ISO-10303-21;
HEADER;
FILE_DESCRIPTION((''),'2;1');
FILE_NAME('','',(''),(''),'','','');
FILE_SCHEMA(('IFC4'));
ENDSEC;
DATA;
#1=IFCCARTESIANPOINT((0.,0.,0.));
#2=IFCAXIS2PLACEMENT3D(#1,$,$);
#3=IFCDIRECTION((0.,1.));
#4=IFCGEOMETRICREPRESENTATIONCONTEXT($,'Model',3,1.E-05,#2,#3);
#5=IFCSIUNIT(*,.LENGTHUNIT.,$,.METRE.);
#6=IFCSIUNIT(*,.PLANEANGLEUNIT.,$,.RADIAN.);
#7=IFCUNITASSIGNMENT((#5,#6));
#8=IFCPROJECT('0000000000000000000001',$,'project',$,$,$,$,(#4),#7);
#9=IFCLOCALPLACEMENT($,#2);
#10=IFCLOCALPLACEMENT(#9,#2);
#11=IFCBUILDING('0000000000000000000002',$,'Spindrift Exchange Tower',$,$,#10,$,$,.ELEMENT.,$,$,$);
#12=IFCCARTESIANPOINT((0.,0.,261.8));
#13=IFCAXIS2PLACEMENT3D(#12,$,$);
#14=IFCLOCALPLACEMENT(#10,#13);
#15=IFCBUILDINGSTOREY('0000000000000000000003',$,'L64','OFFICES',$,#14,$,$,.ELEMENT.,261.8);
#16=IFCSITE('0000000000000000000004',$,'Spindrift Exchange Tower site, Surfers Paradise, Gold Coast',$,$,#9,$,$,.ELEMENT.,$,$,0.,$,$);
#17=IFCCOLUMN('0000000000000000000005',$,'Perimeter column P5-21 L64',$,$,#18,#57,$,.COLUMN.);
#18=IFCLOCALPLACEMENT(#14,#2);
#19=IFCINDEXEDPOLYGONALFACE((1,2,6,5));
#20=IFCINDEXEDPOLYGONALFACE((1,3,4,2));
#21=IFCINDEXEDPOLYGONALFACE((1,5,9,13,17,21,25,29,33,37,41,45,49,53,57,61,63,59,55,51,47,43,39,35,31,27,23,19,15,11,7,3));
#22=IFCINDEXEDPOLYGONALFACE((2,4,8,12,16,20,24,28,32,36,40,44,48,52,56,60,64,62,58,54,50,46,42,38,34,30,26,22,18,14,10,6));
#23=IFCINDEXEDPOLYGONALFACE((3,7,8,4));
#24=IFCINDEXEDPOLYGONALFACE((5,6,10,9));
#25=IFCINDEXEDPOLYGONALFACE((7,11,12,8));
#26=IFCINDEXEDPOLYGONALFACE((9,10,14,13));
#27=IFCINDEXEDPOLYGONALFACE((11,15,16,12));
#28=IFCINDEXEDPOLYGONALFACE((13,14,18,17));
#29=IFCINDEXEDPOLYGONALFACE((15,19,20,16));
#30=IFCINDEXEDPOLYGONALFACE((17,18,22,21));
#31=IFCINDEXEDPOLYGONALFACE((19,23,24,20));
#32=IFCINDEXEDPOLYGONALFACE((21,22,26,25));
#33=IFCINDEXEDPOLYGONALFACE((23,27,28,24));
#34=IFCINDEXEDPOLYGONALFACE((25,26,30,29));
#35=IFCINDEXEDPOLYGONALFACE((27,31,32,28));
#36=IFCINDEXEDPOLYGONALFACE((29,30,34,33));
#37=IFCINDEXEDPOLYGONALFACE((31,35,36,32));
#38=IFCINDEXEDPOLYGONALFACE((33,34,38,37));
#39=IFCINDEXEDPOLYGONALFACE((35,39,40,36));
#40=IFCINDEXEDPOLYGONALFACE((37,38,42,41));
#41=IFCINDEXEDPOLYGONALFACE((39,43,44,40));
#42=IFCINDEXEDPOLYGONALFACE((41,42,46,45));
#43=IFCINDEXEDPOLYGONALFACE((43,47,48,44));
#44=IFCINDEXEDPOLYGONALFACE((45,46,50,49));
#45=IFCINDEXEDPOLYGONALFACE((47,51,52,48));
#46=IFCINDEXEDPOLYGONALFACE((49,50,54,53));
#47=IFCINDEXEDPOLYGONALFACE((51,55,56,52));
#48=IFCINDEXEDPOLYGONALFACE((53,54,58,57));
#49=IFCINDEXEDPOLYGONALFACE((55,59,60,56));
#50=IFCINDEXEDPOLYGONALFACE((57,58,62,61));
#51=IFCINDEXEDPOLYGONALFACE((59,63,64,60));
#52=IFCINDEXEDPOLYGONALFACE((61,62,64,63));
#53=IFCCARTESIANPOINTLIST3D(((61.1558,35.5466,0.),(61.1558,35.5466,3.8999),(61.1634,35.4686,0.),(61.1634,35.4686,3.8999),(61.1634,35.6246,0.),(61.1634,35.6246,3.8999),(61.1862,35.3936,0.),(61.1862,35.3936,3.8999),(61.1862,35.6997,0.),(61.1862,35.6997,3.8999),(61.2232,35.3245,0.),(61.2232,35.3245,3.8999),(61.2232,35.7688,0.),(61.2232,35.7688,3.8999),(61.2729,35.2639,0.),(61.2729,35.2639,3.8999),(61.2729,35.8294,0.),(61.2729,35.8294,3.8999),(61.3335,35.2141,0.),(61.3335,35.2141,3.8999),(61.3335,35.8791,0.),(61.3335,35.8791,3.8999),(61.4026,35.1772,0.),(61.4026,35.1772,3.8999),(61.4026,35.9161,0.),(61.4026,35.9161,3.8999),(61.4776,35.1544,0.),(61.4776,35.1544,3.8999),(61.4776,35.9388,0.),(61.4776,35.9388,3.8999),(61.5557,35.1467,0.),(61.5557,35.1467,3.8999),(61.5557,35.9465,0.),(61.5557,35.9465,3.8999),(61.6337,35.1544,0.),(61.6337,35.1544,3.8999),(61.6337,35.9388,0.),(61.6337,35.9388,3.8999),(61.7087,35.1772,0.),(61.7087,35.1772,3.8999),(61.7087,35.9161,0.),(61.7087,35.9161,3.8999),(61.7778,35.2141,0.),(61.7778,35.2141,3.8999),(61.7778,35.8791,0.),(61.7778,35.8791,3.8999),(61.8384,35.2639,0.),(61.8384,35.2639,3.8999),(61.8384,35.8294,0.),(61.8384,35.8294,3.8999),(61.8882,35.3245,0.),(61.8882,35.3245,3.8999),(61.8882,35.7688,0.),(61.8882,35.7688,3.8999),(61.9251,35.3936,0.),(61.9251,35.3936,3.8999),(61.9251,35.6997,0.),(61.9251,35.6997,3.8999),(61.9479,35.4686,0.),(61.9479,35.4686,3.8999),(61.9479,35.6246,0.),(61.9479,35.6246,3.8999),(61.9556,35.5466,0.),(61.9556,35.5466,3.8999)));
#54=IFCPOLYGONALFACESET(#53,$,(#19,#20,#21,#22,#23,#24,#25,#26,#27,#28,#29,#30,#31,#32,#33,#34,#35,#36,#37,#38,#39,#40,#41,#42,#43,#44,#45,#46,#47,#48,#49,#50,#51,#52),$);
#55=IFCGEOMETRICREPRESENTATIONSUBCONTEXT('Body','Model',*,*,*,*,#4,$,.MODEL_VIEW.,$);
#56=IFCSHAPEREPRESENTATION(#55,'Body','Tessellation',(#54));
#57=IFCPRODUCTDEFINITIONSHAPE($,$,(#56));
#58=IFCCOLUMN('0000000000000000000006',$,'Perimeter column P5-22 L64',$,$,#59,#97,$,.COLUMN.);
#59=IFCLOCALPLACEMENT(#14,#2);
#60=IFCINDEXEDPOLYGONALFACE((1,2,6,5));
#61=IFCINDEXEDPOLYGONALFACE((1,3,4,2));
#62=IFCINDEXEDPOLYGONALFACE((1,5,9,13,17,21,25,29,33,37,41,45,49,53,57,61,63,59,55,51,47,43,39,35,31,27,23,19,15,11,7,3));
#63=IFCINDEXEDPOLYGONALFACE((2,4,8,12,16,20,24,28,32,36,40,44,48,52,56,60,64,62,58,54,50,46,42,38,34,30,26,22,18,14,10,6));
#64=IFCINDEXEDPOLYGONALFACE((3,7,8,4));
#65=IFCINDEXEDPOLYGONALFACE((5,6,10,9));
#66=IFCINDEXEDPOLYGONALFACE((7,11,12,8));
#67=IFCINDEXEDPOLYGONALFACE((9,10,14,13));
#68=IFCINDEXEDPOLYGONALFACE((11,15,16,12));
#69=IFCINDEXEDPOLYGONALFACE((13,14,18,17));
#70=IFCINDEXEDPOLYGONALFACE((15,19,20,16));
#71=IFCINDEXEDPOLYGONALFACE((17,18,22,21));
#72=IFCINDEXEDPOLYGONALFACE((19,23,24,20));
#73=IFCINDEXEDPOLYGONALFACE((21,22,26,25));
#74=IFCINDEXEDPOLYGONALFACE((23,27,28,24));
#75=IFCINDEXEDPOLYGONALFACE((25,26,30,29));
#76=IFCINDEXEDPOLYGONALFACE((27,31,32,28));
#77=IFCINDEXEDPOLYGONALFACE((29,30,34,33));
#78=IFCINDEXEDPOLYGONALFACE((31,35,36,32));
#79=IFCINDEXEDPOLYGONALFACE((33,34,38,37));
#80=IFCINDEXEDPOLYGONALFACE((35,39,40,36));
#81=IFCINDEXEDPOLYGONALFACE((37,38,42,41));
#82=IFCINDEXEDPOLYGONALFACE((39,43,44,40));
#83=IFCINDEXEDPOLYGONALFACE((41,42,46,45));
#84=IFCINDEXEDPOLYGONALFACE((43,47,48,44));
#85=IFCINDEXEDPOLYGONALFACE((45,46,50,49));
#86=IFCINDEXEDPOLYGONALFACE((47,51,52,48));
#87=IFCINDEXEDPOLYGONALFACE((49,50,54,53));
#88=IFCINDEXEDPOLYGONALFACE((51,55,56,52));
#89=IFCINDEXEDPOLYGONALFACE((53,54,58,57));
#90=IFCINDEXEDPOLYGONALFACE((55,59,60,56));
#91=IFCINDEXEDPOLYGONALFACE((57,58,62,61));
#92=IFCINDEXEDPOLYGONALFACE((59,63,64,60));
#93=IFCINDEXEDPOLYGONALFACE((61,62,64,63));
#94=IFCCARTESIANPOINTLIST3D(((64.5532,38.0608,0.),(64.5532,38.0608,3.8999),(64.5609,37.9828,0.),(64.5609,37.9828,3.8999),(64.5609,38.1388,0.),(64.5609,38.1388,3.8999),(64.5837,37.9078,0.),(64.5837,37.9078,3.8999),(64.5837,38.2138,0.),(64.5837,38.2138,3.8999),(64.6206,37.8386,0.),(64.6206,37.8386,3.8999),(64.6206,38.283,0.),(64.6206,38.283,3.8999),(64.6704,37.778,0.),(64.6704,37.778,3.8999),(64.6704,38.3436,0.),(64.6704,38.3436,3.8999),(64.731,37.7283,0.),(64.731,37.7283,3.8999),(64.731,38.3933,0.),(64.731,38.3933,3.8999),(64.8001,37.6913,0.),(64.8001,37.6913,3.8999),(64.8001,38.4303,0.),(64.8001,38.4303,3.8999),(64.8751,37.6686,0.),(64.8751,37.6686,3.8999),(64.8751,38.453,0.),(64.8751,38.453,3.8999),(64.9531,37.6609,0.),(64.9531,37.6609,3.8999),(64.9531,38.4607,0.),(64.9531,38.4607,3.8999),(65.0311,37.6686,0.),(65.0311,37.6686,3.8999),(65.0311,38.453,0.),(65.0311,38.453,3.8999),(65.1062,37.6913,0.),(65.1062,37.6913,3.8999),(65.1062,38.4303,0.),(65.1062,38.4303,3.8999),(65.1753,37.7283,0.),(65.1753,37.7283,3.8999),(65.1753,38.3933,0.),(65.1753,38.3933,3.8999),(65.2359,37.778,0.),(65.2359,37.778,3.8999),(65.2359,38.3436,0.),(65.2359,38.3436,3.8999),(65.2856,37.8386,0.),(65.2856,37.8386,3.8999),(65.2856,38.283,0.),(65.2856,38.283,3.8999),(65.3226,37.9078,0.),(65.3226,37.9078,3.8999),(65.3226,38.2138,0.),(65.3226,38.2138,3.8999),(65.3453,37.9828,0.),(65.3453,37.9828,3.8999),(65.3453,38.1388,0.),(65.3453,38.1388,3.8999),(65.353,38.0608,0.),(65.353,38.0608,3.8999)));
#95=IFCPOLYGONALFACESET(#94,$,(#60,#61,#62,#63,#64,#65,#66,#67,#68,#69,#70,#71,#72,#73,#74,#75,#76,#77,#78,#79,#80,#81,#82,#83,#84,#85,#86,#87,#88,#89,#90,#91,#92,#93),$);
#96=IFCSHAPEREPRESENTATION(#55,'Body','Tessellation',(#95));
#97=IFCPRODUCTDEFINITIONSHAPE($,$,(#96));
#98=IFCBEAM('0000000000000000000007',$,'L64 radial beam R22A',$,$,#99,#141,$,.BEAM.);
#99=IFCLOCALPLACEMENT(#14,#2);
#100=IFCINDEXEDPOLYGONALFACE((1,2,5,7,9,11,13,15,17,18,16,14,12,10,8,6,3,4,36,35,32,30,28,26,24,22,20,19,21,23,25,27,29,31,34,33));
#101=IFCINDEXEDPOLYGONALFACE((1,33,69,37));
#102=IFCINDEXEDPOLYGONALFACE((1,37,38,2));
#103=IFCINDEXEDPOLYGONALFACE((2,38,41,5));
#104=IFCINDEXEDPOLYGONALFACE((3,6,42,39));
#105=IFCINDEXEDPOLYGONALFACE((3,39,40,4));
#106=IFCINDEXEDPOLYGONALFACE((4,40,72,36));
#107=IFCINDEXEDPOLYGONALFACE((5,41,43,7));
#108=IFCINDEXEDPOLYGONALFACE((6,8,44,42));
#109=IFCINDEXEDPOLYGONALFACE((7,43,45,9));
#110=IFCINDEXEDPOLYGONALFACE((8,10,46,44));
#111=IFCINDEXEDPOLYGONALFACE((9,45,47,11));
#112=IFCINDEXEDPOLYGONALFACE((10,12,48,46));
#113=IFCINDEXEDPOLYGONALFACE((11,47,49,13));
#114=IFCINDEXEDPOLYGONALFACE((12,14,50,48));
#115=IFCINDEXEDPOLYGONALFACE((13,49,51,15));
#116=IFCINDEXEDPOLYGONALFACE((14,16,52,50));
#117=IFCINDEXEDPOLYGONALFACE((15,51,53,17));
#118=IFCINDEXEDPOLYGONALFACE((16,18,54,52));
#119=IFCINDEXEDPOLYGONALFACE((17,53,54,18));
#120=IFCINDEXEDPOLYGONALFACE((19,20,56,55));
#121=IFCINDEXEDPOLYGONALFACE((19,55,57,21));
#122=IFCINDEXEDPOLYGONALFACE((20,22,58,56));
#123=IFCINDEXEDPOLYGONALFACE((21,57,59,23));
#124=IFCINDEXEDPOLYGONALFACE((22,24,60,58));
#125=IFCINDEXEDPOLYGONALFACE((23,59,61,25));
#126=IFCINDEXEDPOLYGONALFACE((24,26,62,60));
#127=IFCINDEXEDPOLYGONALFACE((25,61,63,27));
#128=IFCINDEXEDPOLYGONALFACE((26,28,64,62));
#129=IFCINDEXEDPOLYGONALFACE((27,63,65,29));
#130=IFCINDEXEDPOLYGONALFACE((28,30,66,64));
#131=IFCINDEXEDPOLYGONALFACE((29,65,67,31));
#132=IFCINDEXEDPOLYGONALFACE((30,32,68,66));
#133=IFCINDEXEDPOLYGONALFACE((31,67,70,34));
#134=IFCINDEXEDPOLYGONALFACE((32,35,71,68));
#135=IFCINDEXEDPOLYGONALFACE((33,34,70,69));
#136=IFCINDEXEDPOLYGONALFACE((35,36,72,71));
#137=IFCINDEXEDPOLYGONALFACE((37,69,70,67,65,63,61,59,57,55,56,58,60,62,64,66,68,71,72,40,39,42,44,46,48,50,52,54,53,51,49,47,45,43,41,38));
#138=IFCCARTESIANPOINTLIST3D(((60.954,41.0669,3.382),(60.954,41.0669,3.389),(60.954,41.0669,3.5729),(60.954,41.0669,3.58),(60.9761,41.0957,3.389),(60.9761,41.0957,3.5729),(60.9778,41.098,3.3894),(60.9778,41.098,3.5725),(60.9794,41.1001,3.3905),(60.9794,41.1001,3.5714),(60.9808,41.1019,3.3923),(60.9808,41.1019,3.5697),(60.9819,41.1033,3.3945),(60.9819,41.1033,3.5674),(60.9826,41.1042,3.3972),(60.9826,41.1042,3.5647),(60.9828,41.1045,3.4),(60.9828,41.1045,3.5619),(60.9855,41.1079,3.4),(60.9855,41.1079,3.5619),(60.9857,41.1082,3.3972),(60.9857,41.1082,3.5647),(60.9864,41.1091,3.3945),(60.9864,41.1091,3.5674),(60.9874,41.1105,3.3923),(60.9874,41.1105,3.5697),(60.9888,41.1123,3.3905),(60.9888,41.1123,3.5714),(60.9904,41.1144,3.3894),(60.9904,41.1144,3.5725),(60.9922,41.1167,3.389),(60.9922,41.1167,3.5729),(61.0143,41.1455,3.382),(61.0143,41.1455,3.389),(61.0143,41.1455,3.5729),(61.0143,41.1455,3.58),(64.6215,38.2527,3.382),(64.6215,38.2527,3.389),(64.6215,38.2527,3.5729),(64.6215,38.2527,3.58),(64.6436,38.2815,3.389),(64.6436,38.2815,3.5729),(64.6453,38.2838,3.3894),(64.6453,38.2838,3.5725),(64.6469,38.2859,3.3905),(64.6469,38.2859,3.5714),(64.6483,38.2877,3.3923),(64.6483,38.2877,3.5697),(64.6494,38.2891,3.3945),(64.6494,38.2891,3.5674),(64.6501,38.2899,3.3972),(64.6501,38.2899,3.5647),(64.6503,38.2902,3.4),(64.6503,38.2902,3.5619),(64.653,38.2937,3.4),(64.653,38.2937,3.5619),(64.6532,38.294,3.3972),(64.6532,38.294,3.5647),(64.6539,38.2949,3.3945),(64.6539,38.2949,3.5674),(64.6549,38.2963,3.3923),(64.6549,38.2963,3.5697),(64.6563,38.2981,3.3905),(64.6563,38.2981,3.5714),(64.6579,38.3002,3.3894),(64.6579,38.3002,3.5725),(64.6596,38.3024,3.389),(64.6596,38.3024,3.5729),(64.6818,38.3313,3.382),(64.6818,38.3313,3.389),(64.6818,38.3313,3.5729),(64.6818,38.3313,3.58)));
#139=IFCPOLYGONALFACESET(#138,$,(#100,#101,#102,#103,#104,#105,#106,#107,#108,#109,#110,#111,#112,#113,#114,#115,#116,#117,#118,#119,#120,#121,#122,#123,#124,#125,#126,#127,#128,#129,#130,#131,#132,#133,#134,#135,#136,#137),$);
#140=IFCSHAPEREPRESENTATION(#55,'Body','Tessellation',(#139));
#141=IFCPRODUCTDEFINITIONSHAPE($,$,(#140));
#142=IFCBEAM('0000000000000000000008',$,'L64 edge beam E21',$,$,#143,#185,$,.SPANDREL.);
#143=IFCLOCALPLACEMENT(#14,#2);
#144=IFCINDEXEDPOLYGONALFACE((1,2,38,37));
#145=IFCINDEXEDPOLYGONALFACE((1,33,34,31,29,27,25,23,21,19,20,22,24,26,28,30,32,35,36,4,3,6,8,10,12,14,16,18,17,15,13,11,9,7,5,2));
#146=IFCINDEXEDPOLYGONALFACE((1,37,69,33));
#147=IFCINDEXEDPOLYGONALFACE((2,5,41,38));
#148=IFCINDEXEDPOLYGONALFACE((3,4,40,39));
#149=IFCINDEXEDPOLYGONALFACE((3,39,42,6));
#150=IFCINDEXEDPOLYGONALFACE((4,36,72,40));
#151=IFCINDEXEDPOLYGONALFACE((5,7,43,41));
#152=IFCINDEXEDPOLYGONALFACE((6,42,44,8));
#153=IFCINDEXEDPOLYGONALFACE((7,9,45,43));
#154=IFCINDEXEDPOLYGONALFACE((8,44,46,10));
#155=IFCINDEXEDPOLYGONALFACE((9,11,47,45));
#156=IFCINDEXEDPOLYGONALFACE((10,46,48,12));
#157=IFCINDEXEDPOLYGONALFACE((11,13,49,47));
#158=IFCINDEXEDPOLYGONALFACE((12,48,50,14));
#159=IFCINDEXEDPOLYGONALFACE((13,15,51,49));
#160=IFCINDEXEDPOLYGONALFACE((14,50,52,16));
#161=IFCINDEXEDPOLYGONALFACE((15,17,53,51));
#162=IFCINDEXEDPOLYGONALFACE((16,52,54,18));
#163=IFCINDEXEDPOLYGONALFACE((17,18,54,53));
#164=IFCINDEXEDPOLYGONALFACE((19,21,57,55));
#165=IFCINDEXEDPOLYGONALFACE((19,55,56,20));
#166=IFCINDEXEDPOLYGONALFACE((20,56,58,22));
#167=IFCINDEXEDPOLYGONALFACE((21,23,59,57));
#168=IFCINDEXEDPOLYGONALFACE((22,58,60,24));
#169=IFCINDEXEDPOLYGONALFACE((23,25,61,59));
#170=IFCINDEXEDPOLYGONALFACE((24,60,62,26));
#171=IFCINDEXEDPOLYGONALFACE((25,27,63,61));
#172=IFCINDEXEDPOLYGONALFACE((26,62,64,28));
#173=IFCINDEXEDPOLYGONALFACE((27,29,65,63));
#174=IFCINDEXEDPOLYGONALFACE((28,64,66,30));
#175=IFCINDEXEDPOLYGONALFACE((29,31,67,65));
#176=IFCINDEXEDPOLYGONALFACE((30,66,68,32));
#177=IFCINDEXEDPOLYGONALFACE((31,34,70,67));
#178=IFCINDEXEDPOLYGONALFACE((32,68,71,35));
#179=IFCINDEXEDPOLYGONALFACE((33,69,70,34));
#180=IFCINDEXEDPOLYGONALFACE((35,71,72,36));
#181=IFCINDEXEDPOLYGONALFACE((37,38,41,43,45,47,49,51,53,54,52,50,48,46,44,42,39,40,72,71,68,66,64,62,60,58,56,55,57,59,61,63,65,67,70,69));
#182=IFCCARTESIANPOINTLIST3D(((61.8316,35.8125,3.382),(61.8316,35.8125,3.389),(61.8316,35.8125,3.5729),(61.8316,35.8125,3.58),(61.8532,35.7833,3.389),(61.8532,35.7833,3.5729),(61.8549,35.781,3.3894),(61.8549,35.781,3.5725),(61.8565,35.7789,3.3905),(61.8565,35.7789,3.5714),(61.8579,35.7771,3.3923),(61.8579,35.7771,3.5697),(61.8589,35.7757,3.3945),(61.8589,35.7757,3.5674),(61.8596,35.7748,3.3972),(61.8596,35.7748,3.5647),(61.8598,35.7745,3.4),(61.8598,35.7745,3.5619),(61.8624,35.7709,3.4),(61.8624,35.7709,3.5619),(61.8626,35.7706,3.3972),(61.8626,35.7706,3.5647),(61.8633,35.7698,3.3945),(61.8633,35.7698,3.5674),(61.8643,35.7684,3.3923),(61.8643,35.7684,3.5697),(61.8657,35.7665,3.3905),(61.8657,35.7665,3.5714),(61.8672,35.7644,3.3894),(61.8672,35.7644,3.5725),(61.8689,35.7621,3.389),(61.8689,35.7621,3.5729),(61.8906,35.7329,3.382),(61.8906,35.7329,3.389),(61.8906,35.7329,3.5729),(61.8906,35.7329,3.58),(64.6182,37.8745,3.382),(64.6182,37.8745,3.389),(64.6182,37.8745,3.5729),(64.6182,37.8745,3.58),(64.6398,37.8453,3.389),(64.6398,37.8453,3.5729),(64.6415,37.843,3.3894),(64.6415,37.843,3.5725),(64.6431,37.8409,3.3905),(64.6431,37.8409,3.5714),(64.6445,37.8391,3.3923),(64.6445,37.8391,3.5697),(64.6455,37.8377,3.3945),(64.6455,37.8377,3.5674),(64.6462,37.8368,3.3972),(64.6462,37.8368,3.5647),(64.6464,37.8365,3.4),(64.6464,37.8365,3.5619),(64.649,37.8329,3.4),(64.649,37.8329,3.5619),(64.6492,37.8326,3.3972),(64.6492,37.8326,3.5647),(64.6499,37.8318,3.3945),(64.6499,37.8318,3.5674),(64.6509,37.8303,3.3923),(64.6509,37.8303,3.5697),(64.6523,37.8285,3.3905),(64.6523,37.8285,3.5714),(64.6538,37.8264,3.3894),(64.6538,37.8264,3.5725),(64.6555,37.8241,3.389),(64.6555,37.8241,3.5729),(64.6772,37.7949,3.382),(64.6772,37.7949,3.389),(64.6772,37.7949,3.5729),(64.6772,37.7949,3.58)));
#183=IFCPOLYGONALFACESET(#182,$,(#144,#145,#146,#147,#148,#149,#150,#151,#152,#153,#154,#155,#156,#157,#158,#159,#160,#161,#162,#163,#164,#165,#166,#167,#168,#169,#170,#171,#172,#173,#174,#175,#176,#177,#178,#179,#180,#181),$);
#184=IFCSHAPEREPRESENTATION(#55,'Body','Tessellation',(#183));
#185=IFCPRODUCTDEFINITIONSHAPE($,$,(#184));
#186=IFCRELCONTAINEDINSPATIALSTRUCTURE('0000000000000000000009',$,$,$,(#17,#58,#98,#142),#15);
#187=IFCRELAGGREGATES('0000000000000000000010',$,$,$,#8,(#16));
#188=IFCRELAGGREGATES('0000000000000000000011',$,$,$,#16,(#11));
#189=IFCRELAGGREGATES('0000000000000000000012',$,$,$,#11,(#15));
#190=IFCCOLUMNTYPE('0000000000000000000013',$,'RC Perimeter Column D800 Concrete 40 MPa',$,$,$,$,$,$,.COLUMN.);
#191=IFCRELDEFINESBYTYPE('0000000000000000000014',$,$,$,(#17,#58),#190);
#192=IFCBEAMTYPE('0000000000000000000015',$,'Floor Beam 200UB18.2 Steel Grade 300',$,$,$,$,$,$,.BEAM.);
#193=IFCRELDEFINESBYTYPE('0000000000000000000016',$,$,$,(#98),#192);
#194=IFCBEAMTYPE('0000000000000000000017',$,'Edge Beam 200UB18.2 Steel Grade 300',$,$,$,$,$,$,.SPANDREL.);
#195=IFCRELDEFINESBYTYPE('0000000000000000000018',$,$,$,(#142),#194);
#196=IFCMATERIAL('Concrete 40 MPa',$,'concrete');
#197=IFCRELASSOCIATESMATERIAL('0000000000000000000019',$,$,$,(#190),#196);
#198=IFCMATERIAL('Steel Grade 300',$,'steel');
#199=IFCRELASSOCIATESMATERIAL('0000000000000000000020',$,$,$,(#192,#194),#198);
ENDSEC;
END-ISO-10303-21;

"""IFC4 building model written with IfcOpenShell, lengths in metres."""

from ifc_helpers import new_model, si_unit, direction, frame, origin, origin_2d, place, context, subcontext, project, spatial, circle, i_section, extrude, source, transform, mapped, material, material_profile, profile_set, type_object, element, save


model = new_model("IFC4")

# Units and contexts
model_context = context("Model", 3, precision=1e-05, world=origin(), true_north=direction((0.0, 1.0)))
body_context = subcontext(model_context, "Body", "Model", "MODEL_VIEW")
ifc_project = project(units=[si_unit("LENGTHUNIT", "METRE"), si_unit("PLANEANGLEUNIT", "RADIAN")], contexts=[model_context])

# Site, building, storey
site_placement = place(None, origin())
site = spatial("IfcSite", under=ifc_project, at=site_placement, Name="Spindrift Exchange Tower site, Surfers Paradise, Gold Coast", CompositionType="ELEMENT", RefElevation=0.0)
building_placement = place(site_placement, origin())
building = spatial("IfcBuilding", under=site, at=building_placement, Name="Spindrift Exchange Tower", CompositionType="ELEMENT")
storey_placement = place(building_placement, frame((0.0, 0.0, 261.8)))
storey = spatial("IfcBuildingStorey", under=building, at=storey_placement, Name="L64", Description="OFFICES", CompositionType="ELEMENT", Elevation=261.8)

# Columns
ifc_material_1 = material(Name="Concrete 40 MPa", Category="concrete")
ifc_material_profile_1 = material_profile(ifc_material_1, circle(Radius=0.3999, at=origin_2d()), Name="RC D800")
ifc_profile_set_1 = profile_set([ifc_material_profile_1], Name="Concrete 40 MPa")
column_type = type_object("IfcColumnType", Name="RC Perimeter Column D800 Concrete 40 MPa", PredefinedType="COLUMN", material=ifc_profile_set_1)
shared_shape_1 = source(origin(), body_context, "Body", "SweptSolid", [
    extrude(circle(Radius=0.3999, at=origin_2d()), origin(), (0.0, 0.0, 1.0), 3.8999),
])
for number, where, z_axis, x_axis, name in (
    (1, (61.5557, 35.5466, 0.0), (0.0, 0.0, 1.0), (1.0, 0.0, 0.0), "Perimeter column P5-21 L64"),
    (2, (64.9531, 38.0608, 0.0), (0.0, 0.0, 1.0), (1.0, 0.0, 0.0), "Perimeter column P5-22 L64"),
):
    element("IfcColumn", number, at=place(storey_placement, frame(where, z_axis=z_axis, x_axis=x_axis)), inside=storey, type_object=column_type, Name=name, PredefinedType="COLUMN", context=body_context, shape_type="MappedRepresentation", body=[
        mapped(shared_shape_1, transform((0.0, 0.0, 0.0), scale=1.0)),
    ])

# Beams
ifc_material_2 = material(Name="Steel Grade 300", Category="steel")
ifc_material_profile_2 = material_profile(ifc_material_2, i_section(OverallWidth=0.0991, OverallDepth=0.198, WebThickness=0.0044, FlangeThickness=0.0071, FilletRadius=0.011, at=origin_2d()), Name="200UB18.2")
ifc_profile_set_2 = profile_set([ifc_material_profile_2], Name="Steel Grade 300")
beam_type_1 = type_object("IfcBeamType", Name="Floor Beam 200UB18.2 Steel Grade 300", PredefinedType="BEAM", material=ifc_profile_set_2)
shared_shape_2 = source(origin(), body_context, "Body", "SweptSolid", [
    extrude(i_section(OverallWidth=0.0991, OverallDepth=0.198, WebThickness=0.0044, FlangeThickness=0.0071, FilletRadius=0.011, at=origin_2d()), origin(), (0.0, 0.0, 1.0), 4.6228),
])
beam_1_placement = place(storey_placement, frame((60.9841, 41.1062, 3.481), z_axis=(0.793348, -0.608769, 0.0), x_axis=(0.608769, 0.793348, 0.0)))
element("IfcBeam", 3, at=beam_1_placement, inside=storey, type_object=beam_type_1, Name="L64 radial beam R22A", PredefinedType="BEAM", context=body_context, shape_type="MappedRepresentation", body=[
    mapped(shared_shape_2, transform((0.0, 0.0, 0.0), scale=1.0)),
])
ifc_material_profile_3 = material_profile(ifc_material_2, i_section(OverallWidth=0.0991, OverallDepth=0.198, WebThickness=0.0044, FlangeThickness=0.0071, FilletRadius=0.011, at=origin_2d()), Name="200UB18.2")
ifc_profile_set_3 = profile_set([ifc_material_profile_3], Name="Steel Grade 300")
beam_type_2 = type_object("IfcBeamType", Name="Edge Beam 200UB18.2 Steel Grade 300", PredefinedType="SPANDREL", material=ifc_profile_set_3)
shared_shape_3 = source(origin(), body_context, "Body", "SweptSolid", [
    extrude(i_section(OverallWidth=0.0991, OverallDepth=0.198, WebThickness=0.0044, FlangeThickness=0.0071, FilletRadius=0.011, at=origin_2d()), origin(), (0.0, 0.0, 1.0), 3.4666),
])
beam_2_placement = place(storey_placement, frame((61.8611, 35.7727, 3.481), z_axis=(0.803854, 0.594827, 0.0), x_axis=(-0.594827, 0.803854, 0.0)))
element("IfcBeam", 4, at=beam_2_placement, inside=storey, type_object=beam_type_2, Name="L64 edge beam E21", PredefinedType="SPANDREL", context=body_context, shape_type="MappedRepresentation", body=[
    mapped(shared_shape_3, transform((0.0, 0.0, 0.0), scale=1.0)),
])

save(model, "model.ifc")
